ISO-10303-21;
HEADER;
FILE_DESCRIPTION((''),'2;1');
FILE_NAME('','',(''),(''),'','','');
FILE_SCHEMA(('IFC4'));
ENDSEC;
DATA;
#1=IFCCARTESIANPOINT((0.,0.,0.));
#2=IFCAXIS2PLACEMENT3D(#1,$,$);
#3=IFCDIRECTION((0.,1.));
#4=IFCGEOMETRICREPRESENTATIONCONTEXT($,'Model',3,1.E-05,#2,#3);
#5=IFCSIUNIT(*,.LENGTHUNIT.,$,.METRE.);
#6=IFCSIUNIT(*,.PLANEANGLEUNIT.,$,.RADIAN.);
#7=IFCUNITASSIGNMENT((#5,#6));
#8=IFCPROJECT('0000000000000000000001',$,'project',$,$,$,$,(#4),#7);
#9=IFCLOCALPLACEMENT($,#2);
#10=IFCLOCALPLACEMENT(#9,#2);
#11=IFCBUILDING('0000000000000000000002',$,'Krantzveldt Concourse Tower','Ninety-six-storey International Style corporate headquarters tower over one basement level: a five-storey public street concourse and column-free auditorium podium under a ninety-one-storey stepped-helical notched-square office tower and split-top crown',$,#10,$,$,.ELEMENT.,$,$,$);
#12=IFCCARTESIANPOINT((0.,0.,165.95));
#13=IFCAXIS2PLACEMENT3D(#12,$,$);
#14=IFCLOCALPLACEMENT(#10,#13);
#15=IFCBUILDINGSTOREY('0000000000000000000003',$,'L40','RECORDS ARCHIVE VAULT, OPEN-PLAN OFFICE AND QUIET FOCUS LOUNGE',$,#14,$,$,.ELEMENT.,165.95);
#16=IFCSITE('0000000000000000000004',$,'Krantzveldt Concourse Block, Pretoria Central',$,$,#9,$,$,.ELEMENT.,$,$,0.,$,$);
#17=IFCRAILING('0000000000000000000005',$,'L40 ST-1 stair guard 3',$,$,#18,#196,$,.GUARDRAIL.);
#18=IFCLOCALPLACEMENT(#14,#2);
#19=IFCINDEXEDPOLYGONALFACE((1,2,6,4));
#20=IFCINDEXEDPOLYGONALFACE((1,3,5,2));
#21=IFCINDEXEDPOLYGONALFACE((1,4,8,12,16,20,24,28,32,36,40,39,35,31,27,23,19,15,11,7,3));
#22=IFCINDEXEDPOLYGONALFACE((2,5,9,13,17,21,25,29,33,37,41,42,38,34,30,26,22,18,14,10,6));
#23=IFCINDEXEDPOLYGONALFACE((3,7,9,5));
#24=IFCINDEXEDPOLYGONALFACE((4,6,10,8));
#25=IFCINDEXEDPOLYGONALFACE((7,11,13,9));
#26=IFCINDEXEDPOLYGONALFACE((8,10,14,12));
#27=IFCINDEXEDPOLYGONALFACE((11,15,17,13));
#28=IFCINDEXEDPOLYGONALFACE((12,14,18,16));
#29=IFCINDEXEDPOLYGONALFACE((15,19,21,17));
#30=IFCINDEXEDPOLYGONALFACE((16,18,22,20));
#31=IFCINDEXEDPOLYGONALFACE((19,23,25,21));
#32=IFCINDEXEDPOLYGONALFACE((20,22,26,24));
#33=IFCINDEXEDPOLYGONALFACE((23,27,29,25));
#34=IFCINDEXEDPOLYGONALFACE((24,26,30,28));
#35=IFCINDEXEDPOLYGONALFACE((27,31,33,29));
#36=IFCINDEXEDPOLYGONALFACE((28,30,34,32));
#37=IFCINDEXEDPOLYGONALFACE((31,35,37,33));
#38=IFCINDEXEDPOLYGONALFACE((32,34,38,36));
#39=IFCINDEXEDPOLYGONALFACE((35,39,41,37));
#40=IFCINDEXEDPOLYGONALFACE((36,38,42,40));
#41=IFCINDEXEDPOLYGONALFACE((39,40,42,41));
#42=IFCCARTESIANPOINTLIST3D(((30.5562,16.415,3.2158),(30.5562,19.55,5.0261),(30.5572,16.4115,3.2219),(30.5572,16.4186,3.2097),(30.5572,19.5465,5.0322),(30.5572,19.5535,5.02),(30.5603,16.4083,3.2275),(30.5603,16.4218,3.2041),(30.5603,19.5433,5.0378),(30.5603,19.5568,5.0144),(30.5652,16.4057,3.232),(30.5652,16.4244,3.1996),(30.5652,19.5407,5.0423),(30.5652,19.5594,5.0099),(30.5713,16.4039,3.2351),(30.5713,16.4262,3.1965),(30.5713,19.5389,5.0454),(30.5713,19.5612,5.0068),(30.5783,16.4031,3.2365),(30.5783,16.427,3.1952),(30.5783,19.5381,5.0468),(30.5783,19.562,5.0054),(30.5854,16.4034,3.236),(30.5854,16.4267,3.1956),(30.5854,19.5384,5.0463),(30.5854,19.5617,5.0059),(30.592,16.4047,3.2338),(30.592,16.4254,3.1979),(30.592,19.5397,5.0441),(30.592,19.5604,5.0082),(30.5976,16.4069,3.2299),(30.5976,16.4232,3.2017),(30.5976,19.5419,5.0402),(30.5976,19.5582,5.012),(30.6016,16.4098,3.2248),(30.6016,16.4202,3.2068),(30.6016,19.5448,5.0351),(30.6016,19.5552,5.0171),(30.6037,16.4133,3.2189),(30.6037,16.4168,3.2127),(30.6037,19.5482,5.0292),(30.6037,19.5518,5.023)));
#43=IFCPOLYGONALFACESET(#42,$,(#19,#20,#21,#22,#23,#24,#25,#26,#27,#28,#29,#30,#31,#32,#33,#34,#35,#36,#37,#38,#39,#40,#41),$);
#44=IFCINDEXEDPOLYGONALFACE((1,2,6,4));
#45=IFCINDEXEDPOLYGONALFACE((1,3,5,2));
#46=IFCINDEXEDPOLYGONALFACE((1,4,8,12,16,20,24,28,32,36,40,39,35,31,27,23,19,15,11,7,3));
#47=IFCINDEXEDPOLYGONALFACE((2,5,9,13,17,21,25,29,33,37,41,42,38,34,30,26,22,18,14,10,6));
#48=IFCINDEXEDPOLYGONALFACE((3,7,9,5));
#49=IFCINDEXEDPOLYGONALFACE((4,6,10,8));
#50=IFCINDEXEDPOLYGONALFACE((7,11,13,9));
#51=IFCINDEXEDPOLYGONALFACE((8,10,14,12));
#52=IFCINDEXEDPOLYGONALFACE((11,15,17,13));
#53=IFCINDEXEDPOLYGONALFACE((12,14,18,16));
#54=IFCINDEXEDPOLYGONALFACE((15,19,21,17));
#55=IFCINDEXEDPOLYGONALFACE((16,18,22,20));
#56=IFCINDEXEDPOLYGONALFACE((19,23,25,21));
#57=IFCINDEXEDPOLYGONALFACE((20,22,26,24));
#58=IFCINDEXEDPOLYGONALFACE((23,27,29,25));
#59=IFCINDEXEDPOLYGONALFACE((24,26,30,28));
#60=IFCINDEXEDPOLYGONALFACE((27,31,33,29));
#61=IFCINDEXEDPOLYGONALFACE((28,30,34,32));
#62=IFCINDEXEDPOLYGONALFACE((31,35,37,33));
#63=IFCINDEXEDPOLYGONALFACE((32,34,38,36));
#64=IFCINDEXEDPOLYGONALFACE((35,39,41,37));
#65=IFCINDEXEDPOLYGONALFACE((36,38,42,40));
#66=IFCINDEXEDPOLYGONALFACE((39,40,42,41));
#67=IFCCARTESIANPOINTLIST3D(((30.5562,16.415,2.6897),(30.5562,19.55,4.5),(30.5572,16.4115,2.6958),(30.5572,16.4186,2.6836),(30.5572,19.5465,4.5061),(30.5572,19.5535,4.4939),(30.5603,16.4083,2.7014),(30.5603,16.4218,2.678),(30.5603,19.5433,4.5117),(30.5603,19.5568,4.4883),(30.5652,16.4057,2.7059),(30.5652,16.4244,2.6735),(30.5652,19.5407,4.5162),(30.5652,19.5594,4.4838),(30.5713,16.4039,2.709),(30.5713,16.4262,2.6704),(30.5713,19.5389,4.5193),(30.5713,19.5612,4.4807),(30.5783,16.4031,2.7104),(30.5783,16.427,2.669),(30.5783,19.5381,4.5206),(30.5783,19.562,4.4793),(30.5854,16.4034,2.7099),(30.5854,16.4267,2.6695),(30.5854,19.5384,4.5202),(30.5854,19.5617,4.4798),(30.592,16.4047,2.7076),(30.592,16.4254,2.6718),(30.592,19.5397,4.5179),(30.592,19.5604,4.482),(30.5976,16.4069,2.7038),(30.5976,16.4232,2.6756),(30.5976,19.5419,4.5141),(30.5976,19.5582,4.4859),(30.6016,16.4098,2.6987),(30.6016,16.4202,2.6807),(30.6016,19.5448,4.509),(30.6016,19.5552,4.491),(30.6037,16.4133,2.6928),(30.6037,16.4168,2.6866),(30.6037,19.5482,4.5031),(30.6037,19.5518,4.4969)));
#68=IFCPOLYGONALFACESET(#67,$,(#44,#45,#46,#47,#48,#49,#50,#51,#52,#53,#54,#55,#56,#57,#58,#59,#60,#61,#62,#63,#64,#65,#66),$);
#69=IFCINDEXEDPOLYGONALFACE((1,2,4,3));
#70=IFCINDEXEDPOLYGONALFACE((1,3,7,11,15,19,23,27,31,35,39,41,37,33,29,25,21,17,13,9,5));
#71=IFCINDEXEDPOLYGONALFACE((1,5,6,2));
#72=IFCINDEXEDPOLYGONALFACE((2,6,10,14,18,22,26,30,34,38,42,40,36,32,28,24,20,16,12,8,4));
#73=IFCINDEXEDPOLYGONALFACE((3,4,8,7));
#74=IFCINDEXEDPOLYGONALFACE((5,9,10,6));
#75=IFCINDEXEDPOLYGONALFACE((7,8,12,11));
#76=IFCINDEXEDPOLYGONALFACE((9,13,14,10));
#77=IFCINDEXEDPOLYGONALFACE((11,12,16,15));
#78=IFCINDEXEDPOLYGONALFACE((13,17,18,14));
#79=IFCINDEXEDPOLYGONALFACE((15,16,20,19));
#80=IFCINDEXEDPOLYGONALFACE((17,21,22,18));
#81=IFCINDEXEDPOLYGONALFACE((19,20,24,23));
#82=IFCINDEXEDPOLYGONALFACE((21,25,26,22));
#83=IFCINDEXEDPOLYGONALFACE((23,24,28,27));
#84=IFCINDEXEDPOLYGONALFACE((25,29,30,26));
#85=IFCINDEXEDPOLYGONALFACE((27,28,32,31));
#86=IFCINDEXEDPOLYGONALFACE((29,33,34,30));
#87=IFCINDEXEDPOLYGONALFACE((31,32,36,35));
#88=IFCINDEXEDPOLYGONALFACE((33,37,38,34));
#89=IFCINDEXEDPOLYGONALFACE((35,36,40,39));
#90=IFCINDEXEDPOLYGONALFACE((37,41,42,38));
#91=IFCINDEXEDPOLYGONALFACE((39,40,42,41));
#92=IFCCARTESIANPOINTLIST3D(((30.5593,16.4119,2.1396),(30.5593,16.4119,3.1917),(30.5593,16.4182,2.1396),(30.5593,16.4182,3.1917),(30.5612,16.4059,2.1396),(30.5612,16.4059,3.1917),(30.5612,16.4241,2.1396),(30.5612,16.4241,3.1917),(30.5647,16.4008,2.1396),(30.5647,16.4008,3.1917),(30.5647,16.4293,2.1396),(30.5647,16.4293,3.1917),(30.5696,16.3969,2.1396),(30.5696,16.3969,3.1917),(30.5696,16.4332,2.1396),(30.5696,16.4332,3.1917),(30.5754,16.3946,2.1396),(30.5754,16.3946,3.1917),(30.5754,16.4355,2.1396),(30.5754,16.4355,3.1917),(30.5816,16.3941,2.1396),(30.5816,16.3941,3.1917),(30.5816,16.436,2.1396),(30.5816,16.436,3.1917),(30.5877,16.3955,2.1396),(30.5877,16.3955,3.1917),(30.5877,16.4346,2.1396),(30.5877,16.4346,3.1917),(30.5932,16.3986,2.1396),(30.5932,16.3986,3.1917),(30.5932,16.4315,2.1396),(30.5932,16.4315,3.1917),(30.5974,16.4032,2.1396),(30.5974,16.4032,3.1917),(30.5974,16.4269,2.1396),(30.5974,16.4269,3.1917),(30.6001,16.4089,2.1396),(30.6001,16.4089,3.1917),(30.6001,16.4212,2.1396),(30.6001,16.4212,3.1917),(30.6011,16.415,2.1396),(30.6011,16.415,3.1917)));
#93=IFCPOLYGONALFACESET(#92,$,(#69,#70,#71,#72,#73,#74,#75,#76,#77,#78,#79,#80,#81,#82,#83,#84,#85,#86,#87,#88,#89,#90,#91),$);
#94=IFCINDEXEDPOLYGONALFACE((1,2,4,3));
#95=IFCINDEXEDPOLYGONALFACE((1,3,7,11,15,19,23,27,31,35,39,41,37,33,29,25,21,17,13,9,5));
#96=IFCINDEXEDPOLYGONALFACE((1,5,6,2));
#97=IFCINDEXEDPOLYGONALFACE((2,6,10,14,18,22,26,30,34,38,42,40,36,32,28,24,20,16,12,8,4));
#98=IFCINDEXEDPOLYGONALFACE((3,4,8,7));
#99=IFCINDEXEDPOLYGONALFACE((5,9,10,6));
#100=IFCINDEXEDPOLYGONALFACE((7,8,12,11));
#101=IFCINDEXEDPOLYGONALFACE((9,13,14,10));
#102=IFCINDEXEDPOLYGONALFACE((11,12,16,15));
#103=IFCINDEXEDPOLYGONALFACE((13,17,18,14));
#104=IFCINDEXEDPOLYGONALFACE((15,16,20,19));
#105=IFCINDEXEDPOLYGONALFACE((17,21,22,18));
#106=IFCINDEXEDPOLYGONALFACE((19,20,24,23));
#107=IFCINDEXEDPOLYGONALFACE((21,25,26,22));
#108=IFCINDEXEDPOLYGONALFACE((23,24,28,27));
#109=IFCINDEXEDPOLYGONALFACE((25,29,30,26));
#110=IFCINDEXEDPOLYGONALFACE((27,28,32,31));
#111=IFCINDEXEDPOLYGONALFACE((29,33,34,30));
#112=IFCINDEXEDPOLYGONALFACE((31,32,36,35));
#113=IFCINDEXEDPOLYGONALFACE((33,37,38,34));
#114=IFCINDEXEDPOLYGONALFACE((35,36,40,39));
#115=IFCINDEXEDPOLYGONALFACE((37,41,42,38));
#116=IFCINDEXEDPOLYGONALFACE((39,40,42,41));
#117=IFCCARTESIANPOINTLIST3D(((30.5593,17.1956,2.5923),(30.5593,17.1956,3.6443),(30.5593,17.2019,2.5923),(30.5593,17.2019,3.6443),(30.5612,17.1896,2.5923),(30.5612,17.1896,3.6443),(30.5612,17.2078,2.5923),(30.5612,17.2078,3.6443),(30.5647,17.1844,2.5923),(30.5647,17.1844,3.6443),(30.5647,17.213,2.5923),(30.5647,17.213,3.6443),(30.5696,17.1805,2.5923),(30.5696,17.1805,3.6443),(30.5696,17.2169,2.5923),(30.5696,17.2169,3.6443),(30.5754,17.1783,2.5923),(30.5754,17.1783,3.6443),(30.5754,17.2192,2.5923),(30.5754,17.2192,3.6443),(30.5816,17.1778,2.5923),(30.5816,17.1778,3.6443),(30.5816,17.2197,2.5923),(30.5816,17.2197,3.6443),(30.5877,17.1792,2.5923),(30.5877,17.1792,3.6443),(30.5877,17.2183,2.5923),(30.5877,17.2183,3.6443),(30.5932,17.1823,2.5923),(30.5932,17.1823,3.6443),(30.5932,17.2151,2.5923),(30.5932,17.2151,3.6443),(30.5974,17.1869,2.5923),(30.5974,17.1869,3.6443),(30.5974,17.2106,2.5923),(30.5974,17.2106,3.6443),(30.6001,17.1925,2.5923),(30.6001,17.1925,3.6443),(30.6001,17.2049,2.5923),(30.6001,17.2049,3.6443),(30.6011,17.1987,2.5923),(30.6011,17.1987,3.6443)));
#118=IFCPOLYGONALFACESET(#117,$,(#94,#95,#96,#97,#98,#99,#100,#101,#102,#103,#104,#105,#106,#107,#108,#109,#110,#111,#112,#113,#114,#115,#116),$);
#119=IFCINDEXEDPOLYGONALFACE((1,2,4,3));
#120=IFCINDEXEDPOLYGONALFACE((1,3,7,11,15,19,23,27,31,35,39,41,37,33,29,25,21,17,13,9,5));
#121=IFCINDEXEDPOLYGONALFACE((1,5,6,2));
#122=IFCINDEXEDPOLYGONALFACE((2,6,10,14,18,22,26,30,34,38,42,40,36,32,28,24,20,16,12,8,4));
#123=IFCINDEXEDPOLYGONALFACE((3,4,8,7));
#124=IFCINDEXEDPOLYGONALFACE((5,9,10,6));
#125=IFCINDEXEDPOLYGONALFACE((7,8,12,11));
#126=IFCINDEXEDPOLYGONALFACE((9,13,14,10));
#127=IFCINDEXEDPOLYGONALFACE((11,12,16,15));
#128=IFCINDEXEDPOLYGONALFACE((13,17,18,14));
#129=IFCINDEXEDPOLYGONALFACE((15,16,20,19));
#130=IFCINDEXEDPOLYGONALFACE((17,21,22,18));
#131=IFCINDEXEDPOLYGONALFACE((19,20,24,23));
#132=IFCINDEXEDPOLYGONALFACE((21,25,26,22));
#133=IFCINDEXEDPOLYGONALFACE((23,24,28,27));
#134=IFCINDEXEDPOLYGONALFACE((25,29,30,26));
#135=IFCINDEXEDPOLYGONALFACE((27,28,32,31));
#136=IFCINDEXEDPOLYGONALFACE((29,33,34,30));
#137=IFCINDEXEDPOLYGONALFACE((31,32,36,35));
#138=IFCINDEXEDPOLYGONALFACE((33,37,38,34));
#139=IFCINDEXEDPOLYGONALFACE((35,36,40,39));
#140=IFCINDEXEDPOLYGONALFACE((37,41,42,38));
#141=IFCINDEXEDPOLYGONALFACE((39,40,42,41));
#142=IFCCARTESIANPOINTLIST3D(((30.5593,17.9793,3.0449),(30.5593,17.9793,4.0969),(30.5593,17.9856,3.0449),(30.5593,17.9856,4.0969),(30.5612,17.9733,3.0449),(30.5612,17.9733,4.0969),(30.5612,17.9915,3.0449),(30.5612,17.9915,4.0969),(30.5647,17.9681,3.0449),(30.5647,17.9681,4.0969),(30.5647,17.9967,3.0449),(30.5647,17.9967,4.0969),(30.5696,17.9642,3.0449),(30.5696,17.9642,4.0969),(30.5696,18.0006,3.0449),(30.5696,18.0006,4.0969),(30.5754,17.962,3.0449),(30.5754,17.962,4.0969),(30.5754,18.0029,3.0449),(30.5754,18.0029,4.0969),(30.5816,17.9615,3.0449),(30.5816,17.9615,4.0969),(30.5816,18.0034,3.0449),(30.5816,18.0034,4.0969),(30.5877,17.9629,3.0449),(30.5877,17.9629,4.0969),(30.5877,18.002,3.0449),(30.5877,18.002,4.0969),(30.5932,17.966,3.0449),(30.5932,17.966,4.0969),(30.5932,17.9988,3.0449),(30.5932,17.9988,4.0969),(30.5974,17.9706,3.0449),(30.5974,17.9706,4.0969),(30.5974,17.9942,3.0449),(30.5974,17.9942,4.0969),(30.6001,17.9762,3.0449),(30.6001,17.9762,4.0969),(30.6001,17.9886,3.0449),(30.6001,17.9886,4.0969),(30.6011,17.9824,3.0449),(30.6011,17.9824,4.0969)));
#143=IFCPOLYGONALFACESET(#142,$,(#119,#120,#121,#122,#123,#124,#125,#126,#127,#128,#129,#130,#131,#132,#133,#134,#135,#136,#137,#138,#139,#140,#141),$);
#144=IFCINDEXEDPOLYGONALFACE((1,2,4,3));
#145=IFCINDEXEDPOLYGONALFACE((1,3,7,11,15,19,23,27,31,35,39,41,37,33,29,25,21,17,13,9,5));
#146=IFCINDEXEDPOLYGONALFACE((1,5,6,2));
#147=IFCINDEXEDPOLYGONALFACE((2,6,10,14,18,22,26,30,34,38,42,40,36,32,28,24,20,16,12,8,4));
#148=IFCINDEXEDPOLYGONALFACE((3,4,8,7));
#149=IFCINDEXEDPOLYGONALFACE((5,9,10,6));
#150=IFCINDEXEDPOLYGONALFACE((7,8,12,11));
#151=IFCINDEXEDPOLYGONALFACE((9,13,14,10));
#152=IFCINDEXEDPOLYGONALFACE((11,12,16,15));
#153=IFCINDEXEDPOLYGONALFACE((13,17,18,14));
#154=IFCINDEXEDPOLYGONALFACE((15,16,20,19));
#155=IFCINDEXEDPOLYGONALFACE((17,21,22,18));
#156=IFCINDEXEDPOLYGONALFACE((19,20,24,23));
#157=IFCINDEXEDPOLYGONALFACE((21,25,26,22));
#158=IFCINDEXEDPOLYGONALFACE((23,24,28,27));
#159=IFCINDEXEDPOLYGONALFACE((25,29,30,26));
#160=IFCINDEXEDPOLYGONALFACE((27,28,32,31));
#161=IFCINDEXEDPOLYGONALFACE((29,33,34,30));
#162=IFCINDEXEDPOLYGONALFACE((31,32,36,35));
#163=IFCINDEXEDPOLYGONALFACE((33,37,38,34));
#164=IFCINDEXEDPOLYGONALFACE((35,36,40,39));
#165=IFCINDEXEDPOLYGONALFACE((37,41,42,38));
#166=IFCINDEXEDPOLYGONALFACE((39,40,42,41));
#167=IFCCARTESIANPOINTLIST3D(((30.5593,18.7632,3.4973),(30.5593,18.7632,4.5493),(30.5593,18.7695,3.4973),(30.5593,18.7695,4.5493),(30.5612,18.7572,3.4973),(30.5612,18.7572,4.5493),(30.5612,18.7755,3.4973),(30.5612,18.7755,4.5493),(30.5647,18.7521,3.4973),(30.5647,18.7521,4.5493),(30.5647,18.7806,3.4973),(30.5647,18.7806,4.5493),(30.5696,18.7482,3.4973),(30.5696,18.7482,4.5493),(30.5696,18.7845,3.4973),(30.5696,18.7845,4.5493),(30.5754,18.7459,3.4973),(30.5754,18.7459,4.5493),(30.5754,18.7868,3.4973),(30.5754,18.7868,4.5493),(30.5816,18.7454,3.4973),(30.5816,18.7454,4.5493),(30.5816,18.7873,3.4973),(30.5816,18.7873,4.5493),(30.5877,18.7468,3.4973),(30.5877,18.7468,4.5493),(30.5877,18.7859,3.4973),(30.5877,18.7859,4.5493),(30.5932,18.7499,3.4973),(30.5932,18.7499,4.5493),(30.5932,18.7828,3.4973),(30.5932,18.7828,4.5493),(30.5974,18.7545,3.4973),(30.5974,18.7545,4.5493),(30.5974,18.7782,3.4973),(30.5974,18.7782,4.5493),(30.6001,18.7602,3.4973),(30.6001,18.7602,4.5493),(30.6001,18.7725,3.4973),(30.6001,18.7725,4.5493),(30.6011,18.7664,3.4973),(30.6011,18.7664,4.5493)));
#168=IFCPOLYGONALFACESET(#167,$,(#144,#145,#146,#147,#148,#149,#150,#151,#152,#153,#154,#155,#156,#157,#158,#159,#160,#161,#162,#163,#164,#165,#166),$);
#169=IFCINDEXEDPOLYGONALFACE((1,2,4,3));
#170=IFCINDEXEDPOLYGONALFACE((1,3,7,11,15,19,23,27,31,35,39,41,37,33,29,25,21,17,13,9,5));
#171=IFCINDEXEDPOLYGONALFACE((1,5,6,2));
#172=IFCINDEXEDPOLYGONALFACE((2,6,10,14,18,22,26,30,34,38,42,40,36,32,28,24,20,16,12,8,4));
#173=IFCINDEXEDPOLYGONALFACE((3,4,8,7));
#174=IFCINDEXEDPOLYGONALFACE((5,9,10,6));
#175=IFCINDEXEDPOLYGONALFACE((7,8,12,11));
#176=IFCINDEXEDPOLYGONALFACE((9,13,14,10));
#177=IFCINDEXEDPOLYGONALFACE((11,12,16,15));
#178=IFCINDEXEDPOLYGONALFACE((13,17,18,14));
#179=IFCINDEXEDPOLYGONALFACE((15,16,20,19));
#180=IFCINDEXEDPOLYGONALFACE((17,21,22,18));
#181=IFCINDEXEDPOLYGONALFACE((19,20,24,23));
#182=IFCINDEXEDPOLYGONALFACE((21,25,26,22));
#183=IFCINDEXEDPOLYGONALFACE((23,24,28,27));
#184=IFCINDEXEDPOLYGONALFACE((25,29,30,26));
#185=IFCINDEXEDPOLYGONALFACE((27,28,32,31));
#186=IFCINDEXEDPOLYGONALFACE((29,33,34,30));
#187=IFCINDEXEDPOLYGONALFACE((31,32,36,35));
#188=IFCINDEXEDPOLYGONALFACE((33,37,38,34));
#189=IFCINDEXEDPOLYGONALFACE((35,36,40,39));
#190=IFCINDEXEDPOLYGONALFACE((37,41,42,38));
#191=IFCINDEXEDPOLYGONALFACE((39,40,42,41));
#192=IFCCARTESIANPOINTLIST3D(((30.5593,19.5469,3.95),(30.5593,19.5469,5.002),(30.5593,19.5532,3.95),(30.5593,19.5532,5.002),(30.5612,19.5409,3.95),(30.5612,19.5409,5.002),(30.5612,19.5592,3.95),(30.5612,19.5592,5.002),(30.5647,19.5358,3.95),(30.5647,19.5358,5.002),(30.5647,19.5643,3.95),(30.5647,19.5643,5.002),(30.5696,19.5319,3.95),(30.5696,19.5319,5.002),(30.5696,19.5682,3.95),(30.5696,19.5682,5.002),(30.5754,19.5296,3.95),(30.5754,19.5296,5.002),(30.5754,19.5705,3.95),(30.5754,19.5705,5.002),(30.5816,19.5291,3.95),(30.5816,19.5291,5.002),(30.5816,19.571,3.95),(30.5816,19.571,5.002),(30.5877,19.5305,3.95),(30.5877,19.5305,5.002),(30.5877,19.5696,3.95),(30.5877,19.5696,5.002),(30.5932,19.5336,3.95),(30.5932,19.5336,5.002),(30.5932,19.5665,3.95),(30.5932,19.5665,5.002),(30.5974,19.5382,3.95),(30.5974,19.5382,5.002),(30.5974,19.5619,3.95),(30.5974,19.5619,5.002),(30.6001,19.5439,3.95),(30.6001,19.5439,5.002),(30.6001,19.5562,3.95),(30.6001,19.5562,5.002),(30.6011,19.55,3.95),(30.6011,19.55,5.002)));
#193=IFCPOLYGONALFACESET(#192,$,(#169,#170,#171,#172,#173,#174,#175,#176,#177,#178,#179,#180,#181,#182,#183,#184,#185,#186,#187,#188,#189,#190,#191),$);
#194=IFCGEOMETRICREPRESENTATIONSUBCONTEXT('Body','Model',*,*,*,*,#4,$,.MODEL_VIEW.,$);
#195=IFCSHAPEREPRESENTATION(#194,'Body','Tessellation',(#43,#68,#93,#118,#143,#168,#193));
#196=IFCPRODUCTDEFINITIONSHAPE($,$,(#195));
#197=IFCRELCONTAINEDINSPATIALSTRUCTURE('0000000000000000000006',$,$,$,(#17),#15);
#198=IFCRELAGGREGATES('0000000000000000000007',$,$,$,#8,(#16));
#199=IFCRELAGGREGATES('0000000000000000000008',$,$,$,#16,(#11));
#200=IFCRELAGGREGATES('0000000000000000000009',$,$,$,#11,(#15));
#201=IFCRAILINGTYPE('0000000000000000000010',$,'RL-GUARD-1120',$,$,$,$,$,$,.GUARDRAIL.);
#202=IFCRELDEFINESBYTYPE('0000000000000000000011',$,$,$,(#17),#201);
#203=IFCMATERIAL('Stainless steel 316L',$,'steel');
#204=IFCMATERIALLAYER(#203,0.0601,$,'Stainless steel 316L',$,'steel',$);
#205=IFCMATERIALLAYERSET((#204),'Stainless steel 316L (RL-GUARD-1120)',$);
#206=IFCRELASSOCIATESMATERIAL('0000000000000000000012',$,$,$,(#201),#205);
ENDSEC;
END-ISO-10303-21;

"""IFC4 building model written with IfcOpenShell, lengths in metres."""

from ifc_helpers import new_model, si_unit, direction, frame, origin, origin_2d, place, context, subcontext, project, spatial, circle, extrude, material, layer, layer_set, type_object, element, save


model = new_model("IFC4")

# Units and contexts
model_context = context("Model", 3, precision=1e-05, world=origin(), true_north=direction((0.0, 1.0)))
body_context = subcontext(model_context, "Body", "Model", "MODEL_VIEW")
ifc_project = project(units=[si_unit("LENGTHUNIT", "METRE"), si_unit("PLANEANGLEUNIT", "RADIAN")], contexts=[model_context])

# Site, building, storey
site_placement = place(None, origin())
site = spatial("IfcSite", under=ifc_project, at=site_placement, Name="Krantzveldt Concourse Block, Pretoria Central", CompositionType="ELEMENT", RefElevation=0.0)
building_placement = place(site_placement, origin())
building = spatial("IfcBuilding", under=site, at=building_placement, Name="Krantzveldt Concourse Tower", Description="Ninety-six-storey International Style corporate headquarters tower over one basement level: a five-storey public street concourse and column-free auditorium podium under a ninety-one-storey stepped-helical notched-square office tower and split-top crown", CompositionType="ELEMENT")
storey_placement = place(building_placement, frame((0.0, 0.0, 165.95)))
storey = spatial("IfcBuildingStorey", under=building, at=storey_placement, Name="L40", Description="RECORDS ARCHIVE VAULT, OPEN-PLAN OFFICE AND QUIET FOCUS LOUNGE", CompositionType="ELEMENT", Elevation=165.95)

# Railing
ifc_material_1 = material(Name="Stainless steel 316L", Category="steel")
ifc_layer_1 = layer(ifc_material_1, 0.0601, Name="Stainless steel 316L", Category="steel")
ifc_layer_set_1 = layer_set([ifc_layer_1], Name="Stainless steel 316L (RL-GUARD-1120)")
railing_type_1 = type_object("IfcRailingType", Name="RL-GUARD-1120", PredefinedType="GUARDRAIL", material=ifc_layer_set_1)
railing_1_placement = place(storey_placement, frame((30.5801, 16.415, 2.1396)))
element("IfcRailing", 1, at=railing_1_placement, inside=storey, type_object=railing_type_1, Name="L40 ST-1 stair guard 3", PredefinedType="GUARDRAIL", context=body_context, shape_type="SweptSolid", body=[
    extrude(circle(Radius=0.0239, at=origin_2d()), frame((0.0, 0.0, 1.0762), z_axis=(0.0, 0.865989, 0.500063), x_axis=(-1.0, 0.0, 0.0)), (0.0, 0.0, 1.0), 3.6201),
    extrude(circle(Radius=0.0239, at=origin_2d()), frame((0.0, 0.0, 0.55), z_axis=(0.0, 0.865989, 0.500063), x_axis=(-1.0, 0.0, 0.0)), (0.0, 0.0, 1.0), 3.6201),
    extrude(circle(Radius=0.021, at=origin_2d()), origin(), (0.0, 0.0, 1.0), 1.052),
    extrude(circle(Radius=0.021, at=origin_2d()), frame((0.0, 0.7837, 0.4526)), (0.0, 0.0, 1.0), 1.052),
    extrude(circle(Radius=0.021, at=origin_2d()), frame((0.0, 1.5674, 0.9053)), (0.0, 0.0, 1.0), 1.052),
    extrude(circle(Radius=0.021, at=origin_2d()), frame((0.0, 2.3513, 1.3577)), (0.0, 0.0, 1.0), 1.052),
    extrude(circle(Radius=0.021, at=origin_2d()), frame((0.0, 3.135, 1.8103)), (0.0, 0.0, 1.0), 1.052),
])

save(model, "model.ifc")
